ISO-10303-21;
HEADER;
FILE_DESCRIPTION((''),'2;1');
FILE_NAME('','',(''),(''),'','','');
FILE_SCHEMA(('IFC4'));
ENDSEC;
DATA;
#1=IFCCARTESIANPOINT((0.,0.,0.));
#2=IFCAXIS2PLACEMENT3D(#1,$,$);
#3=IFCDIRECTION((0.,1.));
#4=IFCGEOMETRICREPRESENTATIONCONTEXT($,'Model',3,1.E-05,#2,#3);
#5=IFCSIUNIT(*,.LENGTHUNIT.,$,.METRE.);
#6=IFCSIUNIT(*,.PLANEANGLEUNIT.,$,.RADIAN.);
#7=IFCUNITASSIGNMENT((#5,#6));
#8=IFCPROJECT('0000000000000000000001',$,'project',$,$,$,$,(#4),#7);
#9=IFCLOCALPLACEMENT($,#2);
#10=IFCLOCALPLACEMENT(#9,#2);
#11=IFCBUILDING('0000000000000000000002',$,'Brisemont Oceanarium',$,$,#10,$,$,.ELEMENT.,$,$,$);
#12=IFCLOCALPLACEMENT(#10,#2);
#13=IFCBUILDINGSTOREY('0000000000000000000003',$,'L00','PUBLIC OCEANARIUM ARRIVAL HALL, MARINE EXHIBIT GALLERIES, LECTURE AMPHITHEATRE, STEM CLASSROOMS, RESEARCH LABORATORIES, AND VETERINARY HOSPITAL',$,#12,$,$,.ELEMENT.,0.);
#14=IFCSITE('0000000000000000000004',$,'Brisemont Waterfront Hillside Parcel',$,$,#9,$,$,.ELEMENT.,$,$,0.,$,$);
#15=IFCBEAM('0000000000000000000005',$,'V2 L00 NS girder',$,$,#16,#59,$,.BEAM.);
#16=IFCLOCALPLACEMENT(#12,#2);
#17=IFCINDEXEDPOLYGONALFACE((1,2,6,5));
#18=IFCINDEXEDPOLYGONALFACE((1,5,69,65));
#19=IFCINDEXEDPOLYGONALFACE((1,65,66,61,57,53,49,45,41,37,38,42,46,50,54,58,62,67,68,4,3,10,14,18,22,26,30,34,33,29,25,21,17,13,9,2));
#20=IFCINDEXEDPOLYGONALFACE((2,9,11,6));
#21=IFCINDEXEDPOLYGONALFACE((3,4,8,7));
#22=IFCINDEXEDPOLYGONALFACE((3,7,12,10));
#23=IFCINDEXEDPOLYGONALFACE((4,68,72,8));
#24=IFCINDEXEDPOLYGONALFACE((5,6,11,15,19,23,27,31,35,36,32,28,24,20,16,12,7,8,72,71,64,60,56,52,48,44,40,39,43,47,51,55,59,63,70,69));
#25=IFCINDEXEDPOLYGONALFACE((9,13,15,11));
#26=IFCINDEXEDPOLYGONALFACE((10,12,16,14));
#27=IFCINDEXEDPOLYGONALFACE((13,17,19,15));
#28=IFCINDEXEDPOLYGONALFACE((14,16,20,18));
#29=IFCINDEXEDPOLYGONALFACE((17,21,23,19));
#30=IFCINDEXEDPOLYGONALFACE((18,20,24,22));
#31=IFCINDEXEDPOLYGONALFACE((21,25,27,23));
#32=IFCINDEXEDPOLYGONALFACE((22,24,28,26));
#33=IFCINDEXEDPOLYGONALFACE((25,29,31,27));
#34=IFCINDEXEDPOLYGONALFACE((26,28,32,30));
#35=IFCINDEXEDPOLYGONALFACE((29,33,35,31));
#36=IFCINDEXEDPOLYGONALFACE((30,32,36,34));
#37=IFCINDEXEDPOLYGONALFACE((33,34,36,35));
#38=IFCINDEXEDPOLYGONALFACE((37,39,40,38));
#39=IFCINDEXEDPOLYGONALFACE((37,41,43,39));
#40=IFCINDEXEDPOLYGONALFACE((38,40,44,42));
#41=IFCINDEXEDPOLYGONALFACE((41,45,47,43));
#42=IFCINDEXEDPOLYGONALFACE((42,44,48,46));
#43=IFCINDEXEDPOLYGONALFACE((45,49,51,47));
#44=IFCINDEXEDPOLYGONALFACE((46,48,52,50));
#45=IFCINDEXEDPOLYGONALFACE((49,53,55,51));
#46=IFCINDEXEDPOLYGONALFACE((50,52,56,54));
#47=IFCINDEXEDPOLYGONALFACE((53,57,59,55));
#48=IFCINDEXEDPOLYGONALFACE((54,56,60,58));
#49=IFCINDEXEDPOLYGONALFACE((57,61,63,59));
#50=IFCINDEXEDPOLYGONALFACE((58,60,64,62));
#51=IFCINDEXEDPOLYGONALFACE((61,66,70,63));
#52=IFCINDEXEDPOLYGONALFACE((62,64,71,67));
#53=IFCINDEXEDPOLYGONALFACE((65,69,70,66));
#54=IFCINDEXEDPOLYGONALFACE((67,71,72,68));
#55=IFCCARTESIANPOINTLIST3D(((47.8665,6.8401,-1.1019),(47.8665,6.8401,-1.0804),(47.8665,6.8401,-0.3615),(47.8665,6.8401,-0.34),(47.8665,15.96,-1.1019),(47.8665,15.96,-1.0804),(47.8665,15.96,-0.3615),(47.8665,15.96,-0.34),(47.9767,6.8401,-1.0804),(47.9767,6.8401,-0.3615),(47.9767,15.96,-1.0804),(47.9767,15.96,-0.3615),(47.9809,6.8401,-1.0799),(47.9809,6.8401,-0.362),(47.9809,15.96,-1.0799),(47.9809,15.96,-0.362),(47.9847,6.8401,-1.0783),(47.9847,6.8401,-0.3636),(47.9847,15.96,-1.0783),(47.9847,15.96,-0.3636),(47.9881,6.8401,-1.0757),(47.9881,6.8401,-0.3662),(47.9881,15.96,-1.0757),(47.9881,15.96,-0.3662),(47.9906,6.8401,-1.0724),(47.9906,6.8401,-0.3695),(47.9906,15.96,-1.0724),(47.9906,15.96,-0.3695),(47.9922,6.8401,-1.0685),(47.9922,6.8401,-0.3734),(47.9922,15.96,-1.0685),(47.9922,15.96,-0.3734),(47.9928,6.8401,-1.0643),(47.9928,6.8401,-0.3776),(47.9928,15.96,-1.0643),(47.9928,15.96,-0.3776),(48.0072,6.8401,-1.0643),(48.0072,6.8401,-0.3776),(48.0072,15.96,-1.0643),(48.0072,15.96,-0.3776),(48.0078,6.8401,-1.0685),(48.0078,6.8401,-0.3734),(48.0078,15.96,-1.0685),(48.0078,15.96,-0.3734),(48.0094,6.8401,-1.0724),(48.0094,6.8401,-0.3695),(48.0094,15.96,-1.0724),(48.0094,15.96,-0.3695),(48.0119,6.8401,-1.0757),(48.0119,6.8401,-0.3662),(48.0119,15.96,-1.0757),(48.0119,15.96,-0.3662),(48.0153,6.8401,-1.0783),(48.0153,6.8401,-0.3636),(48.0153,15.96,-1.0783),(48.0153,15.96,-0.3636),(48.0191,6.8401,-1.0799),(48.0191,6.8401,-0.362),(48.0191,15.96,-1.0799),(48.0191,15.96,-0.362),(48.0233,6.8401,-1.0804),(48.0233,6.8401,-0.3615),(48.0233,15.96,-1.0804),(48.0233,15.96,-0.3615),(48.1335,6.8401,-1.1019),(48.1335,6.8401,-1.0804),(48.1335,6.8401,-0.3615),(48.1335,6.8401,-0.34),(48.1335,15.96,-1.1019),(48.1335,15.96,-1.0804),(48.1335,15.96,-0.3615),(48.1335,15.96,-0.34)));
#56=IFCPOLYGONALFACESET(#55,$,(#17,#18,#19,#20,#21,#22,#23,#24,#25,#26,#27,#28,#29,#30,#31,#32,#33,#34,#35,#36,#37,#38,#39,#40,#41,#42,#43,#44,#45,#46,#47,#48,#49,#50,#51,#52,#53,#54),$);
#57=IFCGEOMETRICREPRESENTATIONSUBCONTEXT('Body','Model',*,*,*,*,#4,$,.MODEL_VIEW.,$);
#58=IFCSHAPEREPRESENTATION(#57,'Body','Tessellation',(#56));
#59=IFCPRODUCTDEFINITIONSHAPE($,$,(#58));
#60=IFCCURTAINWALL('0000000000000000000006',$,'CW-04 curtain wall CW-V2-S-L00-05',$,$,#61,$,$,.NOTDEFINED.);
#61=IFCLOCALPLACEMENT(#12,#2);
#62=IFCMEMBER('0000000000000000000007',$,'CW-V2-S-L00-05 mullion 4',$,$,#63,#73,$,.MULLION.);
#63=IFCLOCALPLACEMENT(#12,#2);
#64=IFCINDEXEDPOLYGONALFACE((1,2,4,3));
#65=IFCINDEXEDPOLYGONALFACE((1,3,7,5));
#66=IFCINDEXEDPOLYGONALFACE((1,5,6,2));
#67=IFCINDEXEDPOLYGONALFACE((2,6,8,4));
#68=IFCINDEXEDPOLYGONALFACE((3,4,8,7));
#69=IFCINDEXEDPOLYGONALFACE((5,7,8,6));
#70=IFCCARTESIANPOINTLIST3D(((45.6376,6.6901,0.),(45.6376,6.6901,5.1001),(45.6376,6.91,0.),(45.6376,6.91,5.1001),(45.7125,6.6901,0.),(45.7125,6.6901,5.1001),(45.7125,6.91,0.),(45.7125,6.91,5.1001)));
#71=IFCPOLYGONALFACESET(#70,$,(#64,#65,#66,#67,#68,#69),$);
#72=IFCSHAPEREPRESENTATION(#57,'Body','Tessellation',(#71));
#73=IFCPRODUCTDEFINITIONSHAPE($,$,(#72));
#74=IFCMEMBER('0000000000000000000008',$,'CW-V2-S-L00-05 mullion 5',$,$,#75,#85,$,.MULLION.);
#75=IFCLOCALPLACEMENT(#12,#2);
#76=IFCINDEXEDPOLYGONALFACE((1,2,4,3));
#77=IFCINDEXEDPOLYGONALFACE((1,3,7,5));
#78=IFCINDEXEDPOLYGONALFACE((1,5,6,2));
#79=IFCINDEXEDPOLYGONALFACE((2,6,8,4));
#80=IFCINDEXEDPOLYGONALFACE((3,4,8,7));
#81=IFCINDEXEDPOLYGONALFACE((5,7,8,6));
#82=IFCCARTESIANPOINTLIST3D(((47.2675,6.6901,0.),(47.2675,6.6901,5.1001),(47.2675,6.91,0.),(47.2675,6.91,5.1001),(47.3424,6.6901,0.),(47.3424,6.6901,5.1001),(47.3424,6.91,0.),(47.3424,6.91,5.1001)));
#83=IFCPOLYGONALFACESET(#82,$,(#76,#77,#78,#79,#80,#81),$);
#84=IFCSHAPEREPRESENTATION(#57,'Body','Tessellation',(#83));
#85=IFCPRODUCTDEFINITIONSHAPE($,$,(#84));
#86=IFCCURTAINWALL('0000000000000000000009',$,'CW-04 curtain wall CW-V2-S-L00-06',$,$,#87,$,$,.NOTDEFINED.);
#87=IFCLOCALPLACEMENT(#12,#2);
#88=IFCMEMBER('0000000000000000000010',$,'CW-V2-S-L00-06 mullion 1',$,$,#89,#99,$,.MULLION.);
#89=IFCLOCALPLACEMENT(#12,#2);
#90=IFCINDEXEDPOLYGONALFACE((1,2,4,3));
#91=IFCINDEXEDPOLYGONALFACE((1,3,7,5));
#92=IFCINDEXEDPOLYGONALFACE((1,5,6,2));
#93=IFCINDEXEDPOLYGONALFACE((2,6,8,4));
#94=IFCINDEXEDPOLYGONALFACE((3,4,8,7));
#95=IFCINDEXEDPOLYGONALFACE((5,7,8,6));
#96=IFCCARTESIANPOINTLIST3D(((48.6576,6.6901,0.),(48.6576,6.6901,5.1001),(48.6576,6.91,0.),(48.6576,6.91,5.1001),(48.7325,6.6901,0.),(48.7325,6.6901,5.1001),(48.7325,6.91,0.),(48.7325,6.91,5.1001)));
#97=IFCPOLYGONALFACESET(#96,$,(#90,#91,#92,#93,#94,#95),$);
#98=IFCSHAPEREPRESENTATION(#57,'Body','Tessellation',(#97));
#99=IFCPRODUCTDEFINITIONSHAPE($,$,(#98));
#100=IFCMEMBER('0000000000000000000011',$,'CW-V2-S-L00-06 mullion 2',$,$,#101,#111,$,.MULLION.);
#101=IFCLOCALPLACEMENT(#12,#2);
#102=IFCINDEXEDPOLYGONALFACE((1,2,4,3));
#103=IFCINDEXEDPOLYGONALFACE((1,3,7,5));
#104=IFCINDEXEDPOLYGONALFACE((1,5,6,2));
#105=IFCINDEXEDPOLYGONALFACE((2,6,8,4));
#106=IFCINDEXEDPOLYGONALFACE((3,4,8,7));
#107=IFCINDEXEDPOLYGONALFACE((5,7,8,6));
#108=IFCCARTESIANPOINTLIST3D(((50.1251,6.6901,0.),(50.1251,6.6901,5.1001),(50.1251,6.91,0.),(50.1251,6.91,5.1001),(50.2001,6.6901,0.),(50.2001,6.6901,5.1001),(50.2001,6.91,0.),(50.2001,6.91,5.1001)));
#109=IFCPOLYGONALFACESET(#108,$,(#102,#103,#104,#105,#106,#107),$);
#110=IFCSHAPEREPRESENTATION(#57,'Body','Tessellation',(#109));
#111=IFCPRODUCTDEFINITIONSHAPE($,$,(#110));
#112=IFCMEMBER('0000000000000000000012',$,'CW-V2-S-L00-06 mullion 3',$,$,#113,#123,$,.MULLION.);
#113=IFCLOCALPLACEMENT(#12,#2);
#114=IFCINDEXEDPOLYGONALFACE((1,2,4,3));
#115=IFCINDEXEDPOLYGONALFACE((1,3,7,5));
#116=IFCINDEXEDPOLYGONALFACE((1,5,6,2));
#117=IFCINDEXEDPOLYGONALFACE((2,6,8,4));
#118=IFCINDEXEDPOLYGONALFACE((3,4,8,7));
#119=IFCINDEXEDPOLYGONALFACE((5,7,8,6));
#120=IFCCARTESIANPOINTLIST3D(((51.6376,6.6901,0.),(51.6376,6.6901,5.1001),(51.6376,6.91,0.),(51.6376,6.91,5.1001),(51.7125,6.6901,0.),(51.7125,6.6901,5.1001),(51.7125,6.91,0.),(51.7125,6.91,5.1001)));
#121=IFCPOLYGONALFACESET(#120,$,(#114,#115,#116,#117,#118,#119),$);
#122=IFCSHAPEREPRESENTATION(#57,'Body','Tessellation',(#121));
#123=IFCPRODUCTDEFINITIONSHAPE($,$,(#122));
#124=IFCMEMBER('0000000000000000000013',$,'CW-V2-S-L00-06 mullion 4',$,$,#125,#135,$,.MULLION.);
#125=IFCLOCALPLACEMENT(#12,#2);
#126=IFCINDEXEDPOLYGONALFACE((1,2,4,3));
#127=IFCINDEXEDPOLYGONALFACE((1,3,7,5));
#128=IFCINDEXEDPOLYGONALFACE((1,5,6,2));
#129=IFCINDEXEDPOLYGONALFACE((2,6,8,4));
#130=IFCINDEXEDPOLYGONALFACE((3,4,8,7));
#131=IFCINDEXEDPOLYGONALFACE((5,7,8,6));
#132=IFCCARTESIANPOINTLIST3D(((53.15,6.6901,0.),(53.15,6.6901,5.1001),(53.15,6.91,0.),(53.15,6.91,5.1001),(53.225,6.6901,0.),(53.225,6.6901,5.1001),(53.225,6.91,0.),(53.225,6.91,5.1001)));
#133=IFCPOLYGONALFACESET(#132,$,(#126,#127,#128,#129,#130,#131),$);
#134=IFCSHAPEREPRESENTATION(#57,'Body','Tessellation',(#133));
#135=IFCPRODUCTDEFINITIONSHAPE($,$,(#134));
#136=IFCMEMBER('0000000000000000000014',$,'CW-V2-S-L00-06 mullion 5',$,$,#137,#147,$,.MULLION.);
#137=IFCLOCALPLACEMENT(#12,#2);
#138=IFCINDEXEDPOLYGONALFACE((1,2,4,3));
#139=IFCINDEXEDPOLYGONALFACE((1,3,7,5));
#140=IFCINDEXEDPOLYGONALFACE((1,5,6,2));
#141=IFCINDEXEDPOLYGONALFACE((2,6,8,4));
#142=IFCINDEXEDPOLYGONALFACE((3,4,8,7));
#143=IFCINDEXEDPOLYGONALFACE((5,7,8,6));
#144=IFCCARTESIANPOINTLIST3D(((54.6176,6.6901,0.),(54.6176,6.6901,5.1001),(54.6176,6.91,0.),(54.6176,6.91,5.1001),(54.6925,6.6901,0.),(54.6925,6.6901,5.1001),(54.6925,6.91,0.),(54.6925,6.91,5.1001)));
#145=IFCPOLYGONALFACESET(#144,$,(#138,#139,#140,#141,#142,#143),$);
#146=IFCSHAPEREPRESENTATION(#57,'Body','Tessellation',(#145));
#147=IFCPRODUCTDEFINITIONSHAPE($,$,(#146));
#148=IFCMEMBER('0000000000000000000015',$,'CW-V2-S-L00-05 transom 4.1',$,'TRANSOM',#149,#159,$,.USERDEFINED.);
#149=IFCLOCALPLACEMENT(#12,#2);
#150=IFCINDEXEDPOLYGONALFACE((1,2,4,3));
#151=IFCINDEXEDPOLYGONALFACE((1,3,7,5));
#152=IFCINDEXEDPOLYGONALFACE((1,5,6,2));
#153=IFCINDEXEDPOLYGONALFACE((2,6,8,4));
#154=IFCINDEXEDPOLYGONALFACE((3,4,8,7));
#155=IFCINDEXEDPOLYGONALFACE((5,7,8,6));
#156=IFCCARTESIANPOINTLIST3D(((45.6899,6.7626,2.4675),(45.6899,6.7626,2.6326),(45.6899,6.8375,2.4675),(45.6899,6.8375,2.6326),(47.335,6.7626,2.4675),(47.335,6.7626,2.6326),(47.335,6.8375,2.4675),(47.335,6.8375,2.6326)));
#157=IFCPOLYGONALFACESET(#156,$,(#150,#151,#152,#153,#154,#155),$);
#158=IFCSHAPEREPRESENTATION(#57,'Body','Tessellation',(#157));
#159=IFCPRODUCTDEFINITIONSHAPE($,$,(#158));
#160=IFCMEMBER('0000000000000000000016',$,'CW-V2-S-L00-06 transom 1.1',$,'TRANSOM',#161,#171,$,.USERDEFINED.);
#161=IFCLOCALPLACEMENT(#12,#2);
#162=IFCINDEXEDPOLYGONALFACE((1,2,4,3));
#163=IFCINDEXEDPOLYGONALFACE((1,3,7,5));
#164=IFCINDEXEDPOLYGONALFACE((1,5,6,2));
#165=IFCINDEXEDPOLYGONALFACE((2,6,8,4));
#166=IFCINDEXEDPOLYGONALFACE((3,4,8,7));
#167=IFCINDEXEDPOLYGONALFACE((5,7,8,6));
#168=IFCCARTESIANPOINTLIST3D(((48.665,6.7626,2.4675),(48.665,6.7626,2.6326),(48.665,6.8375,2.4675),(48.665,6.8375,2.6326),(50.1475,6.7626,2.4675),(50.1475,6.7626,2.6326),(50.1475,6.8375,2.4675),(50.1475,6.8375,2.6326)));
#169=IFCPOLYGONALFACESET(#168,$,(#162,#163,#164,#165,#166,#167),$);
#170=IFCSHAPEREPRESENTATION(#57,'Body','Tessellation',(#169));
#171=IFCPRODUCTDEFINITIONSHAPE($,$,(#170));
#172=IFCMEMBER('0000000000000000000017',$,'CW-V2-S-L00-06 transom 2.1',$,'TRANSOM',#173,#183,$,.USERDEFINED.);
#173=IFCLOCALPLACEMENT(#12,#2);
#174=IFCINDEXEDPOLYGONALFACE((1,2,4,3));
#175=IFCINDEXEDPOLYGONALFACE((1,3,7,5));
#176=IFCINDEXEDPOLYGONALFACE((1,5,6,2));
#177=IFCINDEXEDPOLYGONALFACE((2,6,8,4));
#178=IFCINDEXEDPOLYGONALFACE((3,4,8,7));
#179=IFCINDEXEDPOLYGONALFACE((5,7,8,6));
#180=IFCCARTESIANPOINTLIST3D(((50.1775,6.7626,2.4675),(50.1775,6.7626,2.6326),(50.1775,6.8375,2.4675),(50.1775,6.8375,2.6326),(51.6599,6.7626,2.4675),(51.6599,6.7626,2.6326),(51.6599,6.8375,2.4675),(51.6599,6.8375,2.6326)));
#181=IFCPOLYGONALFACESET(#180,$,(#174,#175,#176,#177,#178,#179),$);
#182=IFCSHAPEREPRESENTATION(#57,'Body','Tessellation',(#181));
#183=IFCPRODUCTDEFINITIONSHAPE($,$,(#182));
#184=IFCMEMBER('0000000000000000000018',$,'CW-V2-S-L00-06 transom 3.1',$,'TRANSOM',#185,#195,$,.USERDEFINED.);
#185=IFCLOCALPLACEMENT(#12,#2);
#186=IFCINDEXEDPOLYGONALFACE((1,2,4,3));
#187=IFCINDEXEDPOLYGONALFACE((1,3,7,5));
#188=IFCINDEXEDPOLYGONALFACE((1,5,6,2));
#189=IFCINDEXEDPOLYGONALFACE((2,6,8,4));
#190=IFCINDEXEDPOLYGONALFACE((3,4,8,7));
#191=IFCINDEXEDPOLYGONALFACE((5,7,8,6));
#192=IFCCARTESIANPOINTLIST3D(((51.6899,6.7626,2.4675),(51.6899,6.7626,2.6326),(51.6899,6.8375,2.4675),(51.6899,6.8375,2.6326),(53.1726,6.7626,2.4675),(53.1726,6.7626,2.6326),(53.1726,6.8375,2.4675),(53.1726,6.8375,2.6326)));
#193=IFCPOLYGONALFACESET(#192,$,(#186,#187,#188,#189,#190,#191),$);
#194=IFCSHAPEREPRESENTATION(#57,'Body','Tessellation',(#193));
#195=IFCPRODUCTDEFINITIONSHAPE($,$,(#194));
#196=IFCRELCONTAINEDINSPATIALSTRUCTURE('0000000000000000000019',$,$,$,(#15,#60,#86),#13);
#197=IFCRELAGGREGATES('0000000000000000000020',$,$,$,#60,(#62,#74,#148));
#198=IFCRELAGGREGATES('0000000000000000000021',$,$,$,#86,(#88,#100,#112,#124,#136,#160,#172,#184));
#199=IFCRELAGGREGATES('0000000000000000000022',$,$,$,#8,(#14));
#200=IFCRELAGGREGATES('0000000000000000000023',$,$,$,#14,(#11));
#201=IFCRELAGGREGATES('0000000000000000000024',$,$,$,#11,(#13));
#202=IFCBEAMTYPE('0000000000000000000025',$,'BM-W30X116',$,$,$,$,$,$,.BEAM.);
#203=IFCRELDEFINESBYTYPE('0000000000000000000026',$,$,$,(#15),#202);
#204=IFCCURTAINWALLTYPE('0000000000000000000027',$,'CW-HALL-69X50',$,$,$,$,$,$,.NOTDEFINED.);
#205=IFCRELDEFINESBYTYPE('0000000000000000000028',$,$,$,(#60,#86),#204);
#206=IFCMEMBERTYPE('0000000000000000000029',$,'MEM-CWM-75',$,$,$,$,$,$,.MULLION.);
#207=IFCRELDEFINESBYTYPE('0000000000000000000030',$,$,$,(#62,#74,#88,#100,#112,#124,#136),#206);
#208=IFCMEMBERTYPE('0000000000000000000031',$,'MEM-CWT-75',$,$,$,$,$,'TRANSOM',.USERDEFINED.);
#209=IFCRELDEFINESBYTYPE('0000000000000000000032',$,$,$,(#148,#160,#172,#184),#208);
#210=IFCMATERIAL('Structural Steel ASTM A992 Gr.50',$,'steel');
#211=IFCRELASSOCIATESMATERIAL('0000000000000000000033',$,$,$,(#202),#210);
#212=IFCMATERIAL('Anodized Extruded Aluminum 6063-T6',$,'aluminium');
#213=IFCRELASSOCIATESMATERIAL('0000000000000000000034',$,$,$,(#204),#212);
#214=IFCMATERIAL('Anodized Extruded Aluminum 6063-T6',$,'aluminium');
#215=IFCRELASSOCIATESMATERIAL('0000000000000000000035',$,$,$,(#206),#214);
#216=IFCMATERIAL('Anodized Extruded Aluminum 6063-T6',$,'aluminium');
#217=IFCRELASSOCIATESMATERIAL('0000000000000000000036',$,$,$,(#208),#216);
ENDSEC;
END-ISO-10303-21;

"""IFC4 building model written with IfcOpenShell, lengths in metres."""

from ifc_helpers import new_model, si_unit, direction, frame, origin, origin_2d, place, context, subcontext, project, spatial, rectangle, i_section, extrude, material, material_profile, profile_set, type_object, element, aggregate, save


model = new_model("IFC4")

# Units and contexts
model_context = context("Model", 3, precision=1e-05, world=origin(), true_north=direction((0.0, 1.0)))
body_context = subcontext(model_context, "Body", "Model", "MODEL_VIEW")
ifc_project = project(units=[si_unit("LENGTHUNIT", "METRE"), si_unit("PLANEANGLEUNIT", "RADIAN")], contexts=[model_context])

# Site, building, storey
site_placement = place(None, origin())
site = spatial("IfcSite", under=ifc_project, at=site_placement, Name="Brisemont Waterfront Hillside Parcel", CompositionType="ELEMENT", RefElevation=0.0)
building_placement = place(site_placement, origin())
building = spatial("IfcBuilding", under=site, at=building_placement, Name="Brisemont Oceanarium", CompositionType="ELEMENT")
storey_placement = place(building_placement, origin())
storey = spatial("IfcBuildingStorey", under=building, at=storey_placement, Name="L00", Description="PUBLIC OCEANARIUM ARRIVAL HALL, MARINE EXHIBIT GALLERIES, LECTURE AMPHITHEATRE, STEM CLASSROOMS, RESEARCH LABORATORIES, AND VETERINARY HOSPITAL", CompositionType="ELEMENT", Elevation=0.0)

# Beam
ifc_material_1 = material(Name="Structural Steel ASTM A992 Gr.50", Category="steel")
ifc_material_profile_1 = material_profile(ifc_material_1, i_section(OverallWidth=0.2671, OverallDepth=0.762, WebThickness=0.0144, FlangeThickness=0.0215, FilletRadius=0.0161, at=origin_2d()), Name="W30X116")
ifc_profile_set_1 = profile_set([ifc_material_profile_1], Name="Structural Steel ASTM A992 Gr.50")
beam_type_1 = type_object("IfcBeamType", Name="BM-W30X116", PredefinedType="BEAM", material=ifc_profile_set_1)
beam_1_placement = place(storey_placement, frame((48.0, 6.8401, -0.7209), z_axis=(0.0, 1.0, 0.0), x_axis=(-1.0, 0.0, 0.0)))
element("IfcBeam", 1, at=beam_1_placement, inside=storey, type_object=beam_type_1, Name="V2 L00 NS girder", PredefinedType="BEAM", context=body_context, shape_type="SweptSolid", body=[
    extrude(i_section(OverallWidth=0.2671, OverallDepth=0.762, WebThickness=0.0144, FlangeThickness=0.0215, FilletRadius=0.0161, at=origin_2d()), origin(), (0.0, 0.0, 1.0), 9.1199),
])

# Curtain walls, members
ifc_material_2 = material(Name="Anodized Extruded Aluminum 6063-T6", Category="aluminium")
curtain_wall_type = type_object("IfcCurtainWallType", Name="CW-HALL-69X50", PredefinedType="NOTDEFINED", material=ifc_material_2)
curtain_wall_1_placement = place(storey_placement, origin())
curtain_wall_1 = element("IfcCurtainWall", 2, at=curtain_wall_1_placement, inside=storey, type_object=curtain_wall_type, Name="CW-04 curtain wall CW-V2-S-L00-05", PredefinedType="NOTDEFINED")
ifc_material_3 = material(Name="Anodized Extruded Aluminum 6063-T6", Category="aluminium")
ifc_material_profile_2 = material_profile(ifc_material_3, rectangle(XDim=0.075, YDim=0.22, at=origin_2d()), Name="CWM-75X220")
ifc_profile_set_2 = profile_set([ifc_material_profile_2], Name="Anodized Extruded Aluminum 6063-T6")
member_type_1 = type_object("IfcMemberType", Name="MEM-CWM-75", PredefinedType="MULLION", material=ifc_profile_set_2)
member_1_placement = place(storey_placement, frame((45.675, 6.8, 0.0), z_axis=(0.0, 0.0, 1.0), x_axis=(1.0, 0.0, 0.0)))
member_1 = element("IfcMember", 3, at=member_1_placement, type_object=member_type_1, Name="CW-V2-S-L00-05 mullion 4", PredefinedType="MULLION", context=body_context, shape_type="SweptSolid", body=[
    extrude(rectangle(XDim=0.075, YDim=0.22, at=origin_2d()), origin(), (0.0, 0.0, 1.0), 5.1001),
])
member_2_placement = place(storey_placement, frame((47.3049, 6.8, 0.0), z_axis=(0.0, 0.0, 1.0), x_axis=(1.0, 0.0, 0.0)))
member_2 = element("IfcMember", 4, at=member_2_placement, type_object=member_type_1, Name="CW-V2-S-L00-05 mullion 5", PredefinedType="MULLION", context=body_context, shape_type="SweptSolid", body=[
    extrude(rectangle(XDim=0.075, YDim=0.22, at=origin_2d()), origin(), (0.0, 0.0, 1.0), 5.1001),
])
curtain_wall_2_placement = place(storey_placement, origin())
curtain_wall_2 = element("IfcCurtainWall", 5, at=curtain_wall_2_placement, inside=storey, type_object=curtain_wall_type, Name="CW-04 curtain wall CW-V2-S-L00-06", PredefinedType="NOTDEFINED")
member_3_placement = place(storey_placement, frame((48.6951, 6.8, 0.0), z_axis=(0.0, 0.0, 1.0), x_axis=(1.0, 0.0, 0.0)))
member_3 = element("IfcMember", 6, at=member_3_placement, type_object=member_type_1, Name="CW-V2-S-L00-06 mullion 1", PredefinedType="MULLION", context=body_context, shape_type="SweptSolid", body=[
    extrude(rectangle(XDim=0.075, YDim=0.22, at=origin_2d()), origin(), (0.0, 0.0, 1.0), 5.1001),
])
member_4_placement = place(storey_placement, frame((50.1626, 6.8, 0.0), z_axis=(0.0, 0.0, 1.0), x_axis=(1.0, 0.0, 0.0)))
member_4 = element("IfcMember", 7, at=member_4_placement, type_object=member_type_1, Name="CW-V2-S-L00-06 mullion 2", PredefinedType="MULLION", context=body_context, shape_type="SweptSolid", body=[
    extrude(rectangle(XDim=0.075, YDim=0.22, at=origin_2d()), origin(), (0.0, 0.0, 1.0), 5.1001),
])
member_5_placement = place(storey_placement, frame((51.675, 6.8, 0.0), z_axis=(0.0, 0.0, 1.0), x_axis=(1.0, 0.0, 0.0)))
member_5 = element("IfcMember", 8, at=member_5_placement, type_object=member_type_1, Name="CW-V2-S-L00-06 mullion 3", PredefinedType="MULLION", context=body_context, shape_type="SweptSolid", body=[
    extrude(rectangle(XDim=0.075, YDim=0.22, at=origin_2d()), origin(), (0.0, 0.0, 1.0), 5.1001),
])
member_6_placement = place(storey_placement, frame((53.1875, 6.8, 0.0), z_axis=(0.0, 0.0, 1.0), x_axis=(1.0, 0.0, 0.0)))
member_6 = element("IfcMember", 9, at=member_6_placement, type_object=member_type_1, Name="CW-V2-S-L00-06 mullion 4", PredefinedType="MULLION", context=body_context, shape_type="SweptSolid", body=[
    extrude(rectangle(XDim=0.075, YDim=0.22, at=origin_2d()), origin(), (0.0, 0.0, 1.0), 5.1001),
])
member_7_placement = place(storey_placement, frame((54.655, 6.8, 0.0), z_axis=(0.0, 0.0, 1.0), x_axis=(1.0, 0.0, 0.0)))
member_7 = element("IfcMember", 10, at=member_7_placement, type_object=member_type_1, Name="CW-V2-S-L00-06 mullion 5", PredefinedType="MULLION", context=body_context, shape_type="SweptSolid", body=[
    extrude(rectangle(XDim=0.075, YDim=0.22, at=origin_2d()), origin(), (0.0, 0.0, 1.0), 5.1001),
])

# Members
ifc_material_4 = material(Name="Anodized Extruded Aluminum 6063-T6", Category="aluminium")
ifc_material_profile_3 = material_profile(ifc_material_4, rectangle(XDim=0.075, YDim=0.165, at=origin_2d()), Name="CWT-75X165")
ifc_profile_set_3 = profile_set([ifc_material_profile_3], Name="Anodized Extruded Aluminum 6063-T6")
member_type_2 = type_object("IfcMemberType", Name="MEM-CWT-75", ElementType="TRANSOM", PredefinedType="USERDEFINED", material=ifc_profile_set_3)
member_8_placement = place(storey_placement, frame((45.6899, 6.8, 2.55), z_axis=(1.0, 0.0, 0.0), x_axis=(0.0, 1.0, 0.0)))
member_8 = element("IfcMember", 11, at=member_8_placement, type_object=member_type_2, Name="CW-V2-S-L00-05 transom 4.1", ObjectType="TRANSOM", PredefinedType="USERDEFINED", context=body_context, shape_type="SweptSolid", body=[
    extrude(rectangle(XDim=0.075, YDim=0.165, at=origin_2d()), origin(), (0.0, 0.0, 1.0), 1.645),
])
member_9_placement = place(storey_placement, frame((48.665, 6.8, 2.55), z_axis=(1.0, 0.0, 0.0), x_axis=(0.0, 1.0, 0.0)))
member_9 = element("IfcMember", 12, at=member_9_placement, type_object=member_type_2, Name="CW-V2-S-L00-06 transom 1.1", ObjectType="TRANSOM", PredefinedType="USERDEFINED", context=body_context, shape_type="SweptSolid", body=[
    extrude(rectangle(XDim=0.075, YDim=0.165, at=origin_2d()), origin(), (0.0, 0.0, 1.0), 1.4824),
])
member_10_placement = place(storey_placement, frame((50.1775, 6.8, 2.55), z_axis=(1.0, 0.0, 0.0), x_axis=(0.0, 1.0, 0.0)))
member_10 = element("IfcMember", 13, at=member_10_placement, type_object=member_type_2, Name="CW-V2-S-L00-06 transom 2.1", ObjectType="TRANSOM", PredefinedType="USERDEFINED", context=body_context, shape_type="SweptSolid", body=[
    extrude(rectangle(XDim=0.075, YDim=0.165, at=origin_2d()), origin(), (0.0, 0.0, 1.0), 1.4824),
])
member_11_placement = place(storey_placement, frame((51.6899, 6.8, 2.55), z_axis=(1.0, 0.0, 0.0), x_axis=(0.0, 1.0, 0.0)))
member_11 = element("IfcMember", 14, at=member_11_placement, type_object=member_type_2, Name="CW-V2-S-L00-06 transom 3.1", ObjectType="TRANSOM", PredefinedType="USERDEFINED", context=body_context, shape_type="SweptSolid", body=[
    extrude(rectangle(XDim=0.075, YDim=0.165, at=origin_2d()), origin(), (0.0, 0.0, 1.0), 1.4827),
])

aggregate(curtain_wall_1, [member_1, member_2, member_8])
aggregate(curtain_wall_2, [member_3, member_4, member_5, member_6, member_7, member_9, member_10, member_11])

save(model, "model.ifc")
